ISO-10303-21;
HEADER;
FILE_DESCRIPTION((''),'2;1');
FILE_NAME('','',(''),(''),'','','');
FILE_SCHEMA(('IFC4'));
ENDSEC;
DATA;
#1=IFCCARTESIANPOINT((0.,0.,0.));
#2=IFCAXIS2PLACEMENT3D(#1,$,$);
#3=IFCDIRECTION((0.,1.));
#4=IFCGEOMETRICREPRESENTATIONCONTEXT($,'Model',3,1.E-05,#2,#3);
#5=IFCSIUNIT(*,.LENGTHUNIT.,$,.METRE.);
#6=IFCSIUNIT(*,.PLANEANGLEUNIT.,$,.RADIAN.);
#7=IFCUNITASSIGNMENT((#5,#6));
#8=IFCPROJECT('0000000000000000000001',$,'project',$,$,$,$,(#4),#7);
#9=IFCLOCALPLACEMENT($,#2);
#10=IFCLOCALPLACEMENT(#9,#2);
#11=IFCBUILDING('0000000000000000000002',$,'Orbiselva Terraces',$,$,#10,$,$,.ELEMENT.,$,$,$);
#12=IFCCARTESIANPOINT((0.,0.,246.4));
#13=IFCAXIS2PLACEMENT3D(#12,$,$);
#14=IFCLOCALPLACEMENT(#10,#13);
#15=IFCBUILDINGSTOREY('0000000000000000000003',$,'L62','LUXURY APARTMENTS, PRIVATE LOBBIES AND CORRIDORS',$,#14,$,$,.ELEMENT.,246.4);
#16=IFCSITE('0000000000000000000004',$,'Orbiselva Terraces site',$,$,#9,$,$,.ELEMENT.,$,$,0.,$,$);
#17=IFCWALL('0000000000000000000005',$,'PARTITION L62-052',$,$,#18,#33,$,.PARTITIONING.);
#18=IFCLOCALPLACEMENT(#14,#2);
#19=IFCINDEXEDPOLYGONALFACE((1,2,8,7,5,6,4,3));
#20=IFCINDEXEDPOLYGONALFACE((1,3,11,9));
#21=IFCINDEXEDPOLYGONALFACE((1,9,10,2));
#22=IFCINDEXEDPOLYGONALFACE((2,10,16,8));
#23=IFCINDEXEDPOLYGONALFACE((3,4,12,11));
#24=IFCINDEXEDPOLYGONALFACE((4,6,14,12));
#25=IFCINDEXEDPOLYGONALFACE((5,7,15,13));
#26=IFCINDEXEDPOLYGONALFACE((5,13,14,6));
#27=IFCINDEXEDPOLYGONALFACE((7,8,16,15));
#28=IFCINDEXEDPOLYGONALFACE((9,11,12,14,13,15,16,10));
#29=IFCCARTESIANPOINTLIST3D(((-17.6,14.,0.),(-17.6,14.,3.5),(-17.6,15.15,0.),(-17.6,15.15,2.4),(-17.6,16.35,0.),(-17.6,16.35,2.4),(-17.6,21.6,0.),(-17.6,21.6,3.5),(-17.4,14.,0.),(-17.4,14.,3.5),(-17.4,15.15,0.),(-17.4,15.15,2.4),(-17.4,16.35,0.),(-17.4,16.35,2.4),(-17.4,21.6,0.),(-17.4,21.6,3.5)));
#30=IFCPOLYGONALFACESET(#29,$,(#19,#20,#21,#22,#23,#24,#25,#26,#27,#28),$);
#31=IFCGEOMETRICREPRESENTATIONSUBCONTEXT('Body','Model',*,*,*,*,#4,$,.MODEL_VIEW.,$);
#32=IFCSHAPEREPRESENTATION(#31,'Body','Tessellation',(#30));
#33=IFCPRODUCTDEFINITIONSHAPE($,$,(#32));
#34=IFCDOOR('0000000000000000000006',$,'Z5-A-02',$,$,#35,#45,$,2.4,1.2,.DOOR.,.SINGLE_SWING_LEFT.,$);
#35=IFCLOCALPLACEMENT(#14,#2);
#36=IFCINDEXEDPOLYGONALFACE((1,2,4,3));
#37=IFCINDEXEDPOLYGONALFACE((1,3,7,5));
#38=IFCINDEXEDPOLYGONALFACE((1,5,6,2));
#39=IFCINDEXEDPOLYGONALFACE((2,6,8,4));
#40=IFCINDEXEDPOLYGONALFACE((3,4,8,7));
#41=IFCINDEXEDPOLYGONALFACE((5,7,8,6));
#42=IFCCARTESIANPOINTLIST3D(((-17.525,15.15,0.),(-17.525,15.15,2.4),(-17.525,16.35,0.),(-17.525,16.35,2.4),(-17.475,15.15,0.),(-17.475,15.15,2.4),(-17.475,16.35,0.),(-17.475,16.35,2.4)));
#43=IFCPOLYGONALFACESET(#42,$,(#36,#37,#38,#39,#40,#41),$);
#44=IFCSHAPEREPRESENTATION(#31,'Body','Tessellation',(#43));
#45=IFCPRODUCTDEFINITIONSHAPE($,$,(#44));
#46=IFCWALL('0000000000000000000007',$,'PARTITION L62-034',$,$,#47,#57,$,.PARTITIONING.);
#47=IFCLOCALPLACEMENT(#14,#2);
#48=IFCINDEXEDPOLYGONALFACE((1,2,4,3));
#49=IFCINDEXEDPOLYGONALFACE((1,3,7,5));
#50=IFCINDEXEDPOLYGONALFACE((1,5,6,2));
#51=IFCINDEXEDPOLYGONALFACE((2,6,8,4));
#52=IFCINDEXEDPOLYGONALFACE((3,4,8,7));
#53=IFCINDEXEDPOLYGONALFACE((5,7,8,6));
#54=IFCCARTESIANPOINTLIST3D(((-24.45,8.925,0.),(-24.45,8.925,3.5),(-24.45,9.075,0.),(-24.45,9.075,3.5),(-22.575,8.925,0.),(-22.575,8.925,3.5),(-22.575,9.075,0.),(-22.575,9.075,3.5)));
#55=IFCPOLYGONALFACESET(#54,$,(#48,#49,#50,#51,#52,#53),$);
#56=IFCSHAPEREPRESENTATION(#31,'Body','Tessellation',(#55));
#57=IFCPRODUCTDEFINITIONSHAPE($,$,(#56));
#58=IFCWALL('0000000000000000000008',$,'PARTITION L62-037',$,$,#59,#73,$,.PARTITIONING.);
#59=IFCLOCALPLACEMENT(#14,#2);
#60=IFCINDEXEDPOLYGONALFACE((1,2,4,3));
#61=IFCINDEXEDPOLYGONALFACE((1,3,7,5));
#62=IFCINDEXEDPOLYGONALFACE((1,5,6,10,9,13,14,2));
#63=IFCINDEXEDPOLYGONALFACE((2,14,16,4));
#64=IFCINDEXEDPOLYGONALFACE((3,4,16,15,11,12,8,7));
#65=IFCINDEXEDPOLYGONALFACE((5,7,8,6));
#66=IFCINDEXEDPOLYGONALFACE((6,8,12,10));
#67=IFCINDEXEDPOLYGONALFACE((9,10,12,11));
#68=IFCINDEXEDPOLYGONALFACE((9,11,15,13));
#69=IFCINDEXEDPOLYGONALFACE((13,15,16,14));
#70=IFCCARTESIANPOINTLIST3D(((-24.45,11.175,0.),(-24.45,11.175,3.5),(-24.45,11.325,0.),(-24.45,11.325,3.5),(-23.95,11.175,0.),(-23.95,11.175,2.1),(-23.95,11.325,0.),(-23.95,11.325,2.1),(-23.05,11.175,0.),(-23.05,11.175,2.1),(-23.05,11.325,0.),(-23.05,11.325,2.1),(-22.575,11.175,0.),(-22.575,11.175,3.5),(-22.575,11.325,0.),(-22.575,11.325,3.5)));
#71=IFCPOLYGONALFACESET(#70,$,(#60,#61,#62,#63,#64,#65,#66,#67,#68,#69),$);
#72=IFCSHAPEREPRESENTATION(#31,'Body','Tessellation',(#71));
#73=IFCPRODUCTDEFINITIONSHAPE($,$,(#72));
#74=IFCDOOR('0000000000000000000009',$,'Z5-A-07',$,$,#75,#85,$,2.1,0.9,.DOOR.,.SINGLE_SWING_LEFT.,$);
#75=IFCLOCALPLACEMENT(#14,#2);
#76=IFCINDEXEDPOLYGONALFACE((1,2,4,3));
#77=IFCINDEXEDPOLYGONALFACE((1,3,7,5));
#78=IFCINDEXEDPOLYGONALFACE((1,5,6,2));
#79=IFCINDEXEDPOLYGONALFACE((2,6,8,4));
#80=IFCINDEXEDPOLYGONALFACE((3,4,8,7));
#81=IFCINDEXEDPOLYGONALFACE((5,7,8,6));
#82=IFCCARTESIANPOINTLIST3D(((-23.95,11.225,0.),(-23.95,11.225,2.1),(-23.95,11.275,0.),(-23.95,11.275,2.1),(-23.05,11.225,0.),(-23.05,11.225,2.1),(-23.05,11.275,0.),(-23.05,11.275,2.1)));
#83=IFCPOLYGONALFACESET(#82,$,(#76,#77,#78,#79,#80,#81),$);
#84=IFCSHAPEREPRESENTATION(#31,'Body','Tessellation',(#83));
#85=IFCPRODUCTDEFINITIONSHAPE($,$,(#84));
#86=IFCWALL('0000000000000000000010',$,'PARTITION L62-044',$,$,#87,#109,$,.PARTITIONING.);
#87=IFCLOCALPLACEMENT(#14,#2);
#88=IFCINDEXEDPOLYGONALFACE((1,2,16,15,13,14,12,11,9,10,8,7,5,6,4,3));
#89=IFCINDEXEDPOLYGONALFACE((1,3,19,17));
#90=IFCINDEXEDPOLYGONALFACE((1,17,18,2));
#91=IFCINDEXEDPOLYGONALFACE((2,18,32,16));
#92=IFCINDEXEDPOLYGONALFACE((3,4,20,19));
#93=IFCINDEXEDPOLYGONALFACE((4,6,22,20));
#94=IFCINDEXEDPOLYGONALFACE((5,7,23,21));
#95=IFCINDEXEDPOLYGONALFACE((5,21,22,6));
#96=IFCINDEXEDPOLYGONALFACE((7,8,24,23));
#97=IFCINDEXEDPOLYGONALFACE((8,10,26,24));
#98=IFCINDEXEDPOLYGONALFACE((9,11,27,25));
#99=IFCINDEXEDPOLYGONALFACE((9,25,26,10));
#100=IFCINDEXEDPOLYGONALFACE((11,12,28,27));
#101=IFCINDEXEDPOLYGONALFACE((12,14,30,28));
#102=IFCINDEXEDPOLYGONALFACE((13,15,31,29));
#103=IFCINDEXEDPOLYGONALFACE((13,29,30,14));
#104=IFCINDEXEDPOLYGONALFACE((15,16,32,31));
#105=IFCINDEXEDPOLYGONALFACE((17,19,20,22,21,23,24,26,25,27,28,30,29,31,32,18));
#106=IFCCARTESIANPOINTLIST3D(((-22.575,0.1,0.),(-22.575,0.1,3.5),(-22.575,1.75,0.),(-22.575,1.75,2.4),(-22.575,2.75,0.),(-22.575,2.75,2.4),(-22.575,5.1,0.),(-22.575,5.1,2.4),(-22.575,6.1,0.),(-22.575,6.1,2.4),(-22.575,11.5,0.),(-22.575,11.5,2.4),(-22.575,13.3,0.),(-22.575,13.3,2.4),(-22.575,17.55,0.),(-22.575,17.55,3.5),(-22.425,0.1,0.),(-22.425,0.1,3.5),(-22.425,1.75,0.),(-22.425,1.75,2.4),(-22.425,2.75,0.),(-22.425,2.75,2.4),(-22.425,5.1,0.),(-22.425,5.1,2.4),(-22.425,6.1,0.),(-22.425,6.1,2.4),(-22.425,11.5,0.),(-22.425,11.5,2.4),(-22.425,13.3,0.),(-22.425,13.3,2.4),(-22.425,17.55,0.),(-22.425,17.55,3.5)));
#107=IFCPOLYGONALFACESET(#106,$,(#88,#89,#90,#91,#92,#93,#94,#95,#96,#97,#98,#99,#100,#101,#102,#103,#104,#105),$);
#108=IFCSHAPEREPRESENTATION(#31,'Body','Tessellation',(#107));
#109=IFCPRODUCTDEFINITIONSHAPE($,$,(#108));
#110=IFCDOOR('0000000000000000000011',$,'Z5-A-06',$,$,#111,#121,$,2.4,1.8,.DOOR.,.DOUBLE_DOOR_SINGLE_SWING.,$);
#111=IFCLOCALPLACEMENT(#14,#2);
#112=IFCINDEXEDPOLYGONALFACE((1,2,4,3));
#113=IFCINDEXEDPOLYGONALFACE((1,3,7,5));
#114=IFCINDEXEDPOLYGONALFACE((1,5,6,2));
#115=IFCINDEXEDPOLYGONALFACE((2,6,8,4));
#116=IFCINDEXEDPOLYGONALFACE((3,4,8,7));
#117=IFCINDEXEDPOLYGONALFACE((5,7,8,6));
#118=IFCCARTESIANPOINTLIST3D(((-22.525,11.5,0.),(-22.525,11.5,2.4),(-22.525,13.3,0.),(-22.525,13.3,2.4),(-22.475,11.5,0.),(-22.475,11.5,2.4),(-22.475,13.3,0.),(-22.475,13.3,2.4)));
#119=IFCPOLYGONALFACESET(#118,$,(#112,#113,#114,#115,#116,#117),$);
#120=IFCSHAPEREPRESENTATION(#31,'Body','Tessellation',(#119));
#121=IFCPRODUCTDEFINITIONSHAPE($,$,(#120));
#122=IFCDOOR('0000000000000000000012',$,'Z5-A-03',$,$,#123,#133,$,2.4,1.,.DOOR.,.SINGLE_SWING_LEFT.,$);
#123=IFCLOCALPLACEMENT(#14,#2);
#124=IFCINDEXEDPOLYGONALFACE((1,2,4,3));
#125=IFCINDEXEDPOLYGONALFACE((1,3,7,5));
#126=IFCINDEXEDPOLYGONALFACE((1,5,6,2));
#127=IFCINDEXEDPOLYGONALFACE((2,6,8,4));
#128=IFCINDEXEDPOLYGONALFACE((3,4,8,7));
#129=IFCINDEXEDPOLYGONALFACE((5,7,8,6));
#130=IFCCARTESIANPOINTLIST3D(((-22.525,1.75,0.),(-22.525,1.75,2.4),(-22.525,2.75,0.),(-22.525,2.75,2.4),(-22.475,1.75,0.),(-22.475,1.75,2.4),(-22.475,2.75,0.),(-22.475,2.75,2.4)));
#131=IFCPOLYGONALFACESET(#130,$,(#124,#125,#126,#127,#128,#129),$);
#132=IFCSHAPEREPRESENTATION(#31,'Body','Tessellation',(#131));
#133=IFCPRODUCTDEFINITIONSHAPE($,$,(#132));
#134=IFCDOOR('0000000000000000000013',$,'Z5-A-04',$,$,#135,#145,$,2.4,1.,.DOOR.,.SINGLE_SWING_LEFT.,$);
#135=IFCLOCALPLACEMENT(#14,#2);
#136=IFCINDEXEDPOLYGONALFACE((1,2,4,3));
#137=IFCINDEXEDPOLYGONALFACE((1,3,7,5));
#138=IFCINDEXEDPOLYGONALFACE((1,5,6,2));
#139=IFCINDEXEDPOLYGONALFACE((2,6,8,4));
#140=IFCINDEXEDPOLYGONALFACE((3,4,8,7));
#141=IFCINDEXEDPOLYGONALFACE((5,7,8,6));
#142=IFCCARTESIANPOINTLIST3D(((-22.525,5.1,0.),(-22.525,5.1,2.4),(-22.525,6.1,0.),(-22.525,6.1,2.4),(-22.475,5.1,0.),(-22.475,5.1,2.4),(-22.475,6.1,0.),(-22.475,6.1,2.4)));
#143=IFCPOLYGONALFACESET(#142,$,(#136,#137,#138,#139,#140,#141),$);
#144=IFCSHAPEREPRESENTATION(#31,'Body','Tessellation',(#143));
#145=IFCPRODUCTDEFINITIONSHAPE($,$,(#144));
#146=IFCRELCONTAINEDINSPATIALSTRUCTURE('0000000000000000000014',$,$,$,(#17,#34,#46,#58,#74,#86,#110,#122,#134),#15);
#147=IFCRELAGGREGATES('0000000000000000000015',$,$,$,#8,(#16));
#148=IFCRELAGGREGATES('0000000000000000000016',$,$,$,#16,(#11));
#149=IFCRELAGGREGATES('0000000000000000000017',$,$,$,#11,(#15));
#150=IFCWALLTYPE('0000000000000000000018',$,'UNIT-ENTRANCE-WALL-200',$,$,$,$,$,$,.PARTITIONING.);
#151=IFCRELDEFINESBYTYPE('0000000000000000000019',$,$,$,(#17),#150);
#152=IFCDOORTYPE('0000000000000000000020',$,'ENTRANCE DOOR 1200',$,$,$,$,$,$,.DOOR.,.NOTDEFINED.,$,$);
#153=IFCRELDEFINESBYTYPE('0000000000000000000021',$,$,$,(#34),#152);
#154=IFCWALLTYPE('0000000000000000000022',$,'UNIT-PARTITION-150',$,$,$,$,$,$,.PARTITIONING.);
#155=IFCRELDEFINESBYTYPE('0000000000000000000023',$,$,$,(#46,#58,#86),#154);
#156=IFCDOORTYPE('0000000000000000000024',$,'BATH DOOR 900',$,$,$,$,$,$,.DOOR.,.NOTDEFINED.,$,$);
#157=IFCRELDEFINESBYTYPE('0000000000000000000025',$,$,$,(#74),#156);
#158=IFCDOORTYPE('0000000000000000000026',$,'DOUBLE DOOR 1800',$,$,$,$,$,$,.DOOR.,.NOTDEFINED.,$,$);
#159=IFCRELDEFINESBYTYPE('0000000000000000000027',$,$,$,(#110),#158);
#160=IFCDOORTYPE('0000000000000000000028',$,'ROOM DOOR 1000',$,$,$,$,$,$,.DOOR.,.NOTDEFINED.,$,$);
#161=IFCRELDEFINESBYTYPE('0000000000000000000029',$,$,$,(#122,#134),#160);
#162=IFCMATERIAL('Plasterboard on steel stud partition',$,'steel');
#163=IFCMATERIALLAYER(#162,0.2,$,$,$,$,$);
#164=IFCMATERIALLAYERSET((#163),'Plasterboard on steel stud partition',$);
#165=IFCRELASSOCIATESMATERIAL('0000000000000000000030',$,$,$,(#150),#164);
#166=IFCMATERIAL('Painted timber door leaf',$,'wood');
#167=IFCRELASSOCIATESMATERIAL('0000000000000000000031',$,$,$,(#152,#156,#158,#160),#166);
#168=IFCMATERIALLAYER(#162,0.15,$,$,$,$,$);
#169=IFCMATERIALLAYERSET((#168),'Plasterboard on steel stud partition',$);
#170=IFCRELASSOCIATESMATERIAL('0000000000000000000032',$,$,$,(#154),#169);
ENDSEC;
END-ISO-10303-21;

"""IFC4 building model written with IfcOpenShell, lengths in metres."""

from ifc_helpers import new_model, si_unit, direction, frame, frame_2d, origin, place, context, subcontext, project, spatial, rectangle, extrude, material, layer, layer_set, type_object, element, fill, save


model = new_model("IFC4")

# Units and contexts
model_context = context("Model", 3, precision=1e-05, world=origin(), true_north=direction((0.0, 1.0)))
body_context = subcontext(model_context, "Body", "Model", "MODEL_VIEW")
ifc_project = project(units=[si_unit("LENGTHUNIT", "METRE"), si_unit("PLANEANGLEUNIT", "RADIAN")], contexts=[model_context])

# Site, building, storey
site_placement = place(None, origin())
site = spatial("IfcSite", under=ifc_project, at=site_placement, Name="Orbiselva Terraces site", CompositionType="ELEMENT", RefElevation=0.0)
building_placement = place(site_placement, origin())
building = spatial("IfcBuilding", under=site, at=building_placement, Name="Orbiselva Terraces", CompositionType="ELEMENT")
storey_placement = place(building_placement, frame((0.0, 0.0, 246.4)))
storey = spatial("IfcBuildingStorey", under=building, at=storey_placement, Name="L62", Description="LUXURY APARTMENTS, PRIVATE LOBBIES AND CORRIDORS", CompositionType="ELEMENT", Elevation=246.4)

# Shared definitions
ifc_material_1 = material(Name="Plasterboard on steel stud partition", Category="steel")
ifc_layer_1 = layer(ifc_material_1, 0.2)
ifc_layer_set_1 = layer_set([ifc_layer_1], Name="Plasterboard on steel stud partition")
wall_type_1 = type_object("IfcWallType", Name="UNIT-ENTRANCE-WALL-200", PredefinedType="PARTITIONING", material=ifc_layer_set_1)

# Wall, opening, door
wall_1_placement = place(storey_placement, frame((-17.5, 14.0, 0.0), z_axis=(0.0, 0.0, 1.0), x_axis=(0.0, 1.0, 0.0)))
wall_1 = element("IfcWall", 1, at=wall_1_placement, inside=storey, type_object=wall_type_1, Name="PARTITION L62-052", PredefinedType="PARTITIONING", context=body_context, shape_type="SweptSolid", body=[
    extrude(rectangle(XDim=7.6, YDim=0.2, at=frame_2d((3.8, 0.0))), origin(), (0.0, 0.0, 1.0), 3.5),
])
opening_1_placement = place(wall_1_placement, frame((1.15, 0.0, 0.0)))
opening_1 = element("IfcOpeningElement", 2, at=opening_1_placement, cuts=wall_1, PredefinedType="OPENING", context=body_context, shape_type="SweptSolid", body=[
    extrude(rectangle(XDim=1.2, YDim=2.4, at=frame_2d((0.6, 1.2))), frame((0.0, 0.11, 0.0), z_axis=(0.0, -1.0, 0.0), x_axis=(1.0, 0.0, 0.0)), (0.0, 0.0, 1.0), 0.22),
])
ifc_material_2 = material(Name="Painted timber door leaf", Category="wood")
door_type_1 = type_object("IfcDoorType", Name="ENTRANCE DOOR 1200", OperationType="NOTDEFINED", PredefinedType="DOOR", material=ifc_material_2)
door_1_placement = place(opening_1_placement, origin())
door_1 = element("IfcDoor", 3, at=door_1_placement, inside=storey, type_object=door_type_1, Name="Z5-A-02", OperationType="SINGLE_SWING_LEFT", OverallHeight=2.4, OverallWidth=1.2, PredefinedType="DOOR", context=body_context, shape_type="SweptSolid", body=[
    extrude(rectangle(XDim=1.2, YDim=2.4, at=frame_2d((0.6, 1.2))), frame((0.0, 0.025, 0.0), z_axis=(0.0, -1.0, 0.0), x_axis=(1.0, 0.0, 0.0)), (0.0, 0.0, 1.0), 0.05),
])
fill(opening_1, door_1)

# Wall
ifc_layer_2 = layer(ifc_material_1, 0.15)
ifc_layer_set_2 = layer_set([ifc_layer_2], Name="Plasterboard on steel stud partition")
wall_type_2 = type_object("IfcWallType", Name="UNIT-PARTITION-150", PredefinedType="PARTITIONING", material=ifc_layer_set_2)
wall_2_placement = place(storey_placement, frame((-24.45, 9.0, 0.0), z_axis=(0.0, 0.0, 1.0), x_axis=(1.0, 0.0, 0.0)))
element("IfcWall", 4, at=wall_2_placement, inside=storey, type_object=wall_type_2, Name="PARTITION L62-034", PredefinedType="PARTITIONING", context=body_context, shape_type="SweptSolid", body=[
    extrude(rectangle(XDim=1.875, YDim=0.15, at=frame_2d((0.9375, 0.0))), origin(), (0.0, 0.0, 1.0), 3.5),
])

# Wall, opening, door
wall_3_placement = place(storey_placement, frame((-22.575, 11.25, 0.0), z_axis=(0.0, 0.0, 1.0), x_axis=(-1.0, 0.0, 0.0)))
wall_3 = element("IfcWall", 5, at=wall_3_placement, inside=storey, type_object=wall_type_2, Name="PARTITION L62-037", PredefinedType="PARTITIONING", context=body_context, shape_type="SweptSolid", body=[
    extrude(rectangle(XDim=1.875, YDim=0.15, at=frame_2d((0.9375, 0.0))), origin(), (0.0, 0.0, 1.0), 3.5),
])
opening_2_placement = place(wall_3_placement, frame((0.475, 0.0, 0.0)))
opening_2 = element("IfcOpeningElement", 6, at=opening_2_placement, cuts=wall_3, PredefinedType="OPENING", context=body_context, shape_type="SweptSolid", body=[
    extrude(rectangle(XDim=0.9, YDim=2.1, at=frame_2d((0.45, 1.05))), frame((0.0, 0.085, 0.0), z_axis=(0.0, -1.0, 0.0), x_axis=(1.0, 0.0, 0.0)), (0.0, 0.0, 1.0), 0.17),
])
door_type_2 = type_object("IfcDoorType", Name="BATH DOOR 900", OperationType="NOTDEFINED", PredefinedType="DOOR", material=ifc_material_2)
door_2_placement = place(opening_2_placement, origin())
door_2 = element("IfcDoor", 7, at=door_2_placement, inside=storey, type_object=door_type_2, Name="Z5-A-07", OperationType="SINGLE_SWING_LEFT", OverallHeight=2.1, OverallWidth=0.9, PredefinedType="DOOR", context=body_context, shape_type="SweptSolid", body=[
    extrude(rectangle(XDim=0.9, YDim=2.1, at=frame_2d((0.45, 1.05))), frame((0.0, 0.025, 0.0), z_axis=(0.0, -1.0, 0.0), x_axis=(1.0, 0.0, 0.0)), (0.0, 0.0, 1.0), 0.05),
])
fill(opening_2, door_2)

# Wall, openings, doors
wall_4_placement = place(storey_placement, frame((-22.5, 0.1, 0.0), z_axis=(0.0, 0.0, 1.0), x_axis=(0.0, 1.0, 0.0)))
wall_4 = element("IfcWall", 8, at=wall_4_placement, inside=storey, type_object=wall_type_2, Name="PARTITION L62-044", PredefinedType="PARTITIONING", context=body_context, shape_type="SweptSolid", body=[
    extrude(rectangle(XDim=17.45, YDim=0.15, at=frame_2d((8.725, 0.0))), origin(), (0.0, 0.0, 1.0), 3.5),
])
opening_3_placement = place(wall_4_placement, frame((1.65, 0.0, 0.0)))
opening_3 = element("IfcOpeningElement", 9, at=opening_3_placement, cuts=wall_4, PredefinedType="OPENING", context=body_context, shape_type="SweptSolid", body=[
    extrude(rectangle(XDim=1.0, YDim=2.4, at=frame_2d((0.5, 1.2))), frame((0.0, 0.085, 0.0), z_axis=(0.0, -1.0, 0.0), x_axis=(1.0, 0.0, 0.0)), (0.0, 0.0, 1.0), 0.17),
])
opening_4_placement = place(wall_4_placement, frame((5.0, 0.0, 0.0)))
opening_4 = element("IfcOpeningElement", 10, at=opening_4_placement, cuts=wall_4, PredefinedType="OPENING", context=body_context, shape_type="SweptSolid", body=[
    extrude(rectangle(XDim=1.0, YDim=2.4, at=frame_2d((0.5, 1.2))), frame((0.0, 0.085, 0.0), z_axis=(0.0, -1.0, 0.0), x_axis=(1.0, 0.0, 0.0)), (0.0, 0.0, 1.0), 0.17),
])
opening_5_placement = place(wall_4_placement, frame((11.4, 0.0, 0.0)))
opening_5 = element("IfcOpeningElement", 11, at=opening_5_placement, cuts=wall_4, PredefinedType="OPENING", context=body_context, shape_type="SweptSolid", body=[
    extrude(rectangle(XDim=1.8, YDim=2.4, at=frame_2d((0.9, 1.2))), frame((0.0, 0.085, 0.0), z_axis=(0.0, -1.0, 0.0), x_axis=(1.0, 0.0, 0.0)), (0.0, 0.0, 1.0), 0.17),
])
door_type_3 = type_object("IfcDoorType", Name="DOUBLE DOOR 1800", OperationType="NOTDEFINED", PredefinedType="DOOR", material=ifc_material_2)
door_3_placement = place(opening_5_placement, origin())
door_3 = element("IfcDoor", 12, at=door_3_placement, inside=storey, type_object=door_type_3, Name="Z5-A-06", OperationType="DOUBLE_DOOR_SINGLE_SWING", OverallHeight=2.4, OverallWidth=1.8, PredefinedType="DOOR", context=body_context, shape_type="SweptSolid", body=[
    extrude(rectangle(XDim=1.8, YDim=2.4, at=frame_2d((0.9, 1.2))), frame((0.0, 0.025, 0.0), z_axis=(0.0, -1.0, 0.0), x_axis=(1.0, 0.0, 0.0)), (0.0, 0.0, 1.0), 0.05),
])
fill(opening_5, door_3)
door_type_4 = type_object("IfcDoorType", Name="ROOM DOOR 1000", OperationType="NOTDEFINED", PredefinedType="DOOR", material=ifc_material_2)
door_4_placement = place(opening_3_placement, origin())
door_4 = element("IfcDoor", 13, at=door_4_placement, inside=storey, type_object=door_type_4, Name="Z5-A-03", OperationType="SINGLE_SWING_LEFT", OverallHeight=2.4, OverallWidth=1.0, PredefinedType="DOOR", context=body_context, shape_type="SweptSolid", body=[
    extrude(rectangle(XDim=1.0, YDim=2.4, at=frame_2d((0.5, 1.2))), frame((0.0, 0.025, 0.0), z_axis=(0.0, -1.0, 0.0), x_axis=(1.0, 0.0, 0.0)), (0.0, 0.0, 1.0), 0.05),
])
fill(opening_3, door_4)
door_5_placement = place(opening_4_placement, origin())
door_5 = element("IfcDoor", 14, at=door_5_placement, inside=storey, type_object=door_type_4, Name="Z5-A-04", OperationType="SINGLE_SWING_LEFT", OverallHeight=2.4, OverallWidth=1.0, PredefinedType="DOOR", context=body_context, shape_type="SweptSolid", body=[
    extrude(rectangle(XDim=1.0, YDim=2.4, at=frame_2d((0.5, 1.2))), frame((0.0, 0.025, 0.0), z_axis=(0.0, -1.0, 0.0), x_axis=(1.0, 0.0, 0.0)), (0.0, 0.0, 1.0), 0.05),
])
fill(opening_4, door_5)

save(model, "model.ifc")
